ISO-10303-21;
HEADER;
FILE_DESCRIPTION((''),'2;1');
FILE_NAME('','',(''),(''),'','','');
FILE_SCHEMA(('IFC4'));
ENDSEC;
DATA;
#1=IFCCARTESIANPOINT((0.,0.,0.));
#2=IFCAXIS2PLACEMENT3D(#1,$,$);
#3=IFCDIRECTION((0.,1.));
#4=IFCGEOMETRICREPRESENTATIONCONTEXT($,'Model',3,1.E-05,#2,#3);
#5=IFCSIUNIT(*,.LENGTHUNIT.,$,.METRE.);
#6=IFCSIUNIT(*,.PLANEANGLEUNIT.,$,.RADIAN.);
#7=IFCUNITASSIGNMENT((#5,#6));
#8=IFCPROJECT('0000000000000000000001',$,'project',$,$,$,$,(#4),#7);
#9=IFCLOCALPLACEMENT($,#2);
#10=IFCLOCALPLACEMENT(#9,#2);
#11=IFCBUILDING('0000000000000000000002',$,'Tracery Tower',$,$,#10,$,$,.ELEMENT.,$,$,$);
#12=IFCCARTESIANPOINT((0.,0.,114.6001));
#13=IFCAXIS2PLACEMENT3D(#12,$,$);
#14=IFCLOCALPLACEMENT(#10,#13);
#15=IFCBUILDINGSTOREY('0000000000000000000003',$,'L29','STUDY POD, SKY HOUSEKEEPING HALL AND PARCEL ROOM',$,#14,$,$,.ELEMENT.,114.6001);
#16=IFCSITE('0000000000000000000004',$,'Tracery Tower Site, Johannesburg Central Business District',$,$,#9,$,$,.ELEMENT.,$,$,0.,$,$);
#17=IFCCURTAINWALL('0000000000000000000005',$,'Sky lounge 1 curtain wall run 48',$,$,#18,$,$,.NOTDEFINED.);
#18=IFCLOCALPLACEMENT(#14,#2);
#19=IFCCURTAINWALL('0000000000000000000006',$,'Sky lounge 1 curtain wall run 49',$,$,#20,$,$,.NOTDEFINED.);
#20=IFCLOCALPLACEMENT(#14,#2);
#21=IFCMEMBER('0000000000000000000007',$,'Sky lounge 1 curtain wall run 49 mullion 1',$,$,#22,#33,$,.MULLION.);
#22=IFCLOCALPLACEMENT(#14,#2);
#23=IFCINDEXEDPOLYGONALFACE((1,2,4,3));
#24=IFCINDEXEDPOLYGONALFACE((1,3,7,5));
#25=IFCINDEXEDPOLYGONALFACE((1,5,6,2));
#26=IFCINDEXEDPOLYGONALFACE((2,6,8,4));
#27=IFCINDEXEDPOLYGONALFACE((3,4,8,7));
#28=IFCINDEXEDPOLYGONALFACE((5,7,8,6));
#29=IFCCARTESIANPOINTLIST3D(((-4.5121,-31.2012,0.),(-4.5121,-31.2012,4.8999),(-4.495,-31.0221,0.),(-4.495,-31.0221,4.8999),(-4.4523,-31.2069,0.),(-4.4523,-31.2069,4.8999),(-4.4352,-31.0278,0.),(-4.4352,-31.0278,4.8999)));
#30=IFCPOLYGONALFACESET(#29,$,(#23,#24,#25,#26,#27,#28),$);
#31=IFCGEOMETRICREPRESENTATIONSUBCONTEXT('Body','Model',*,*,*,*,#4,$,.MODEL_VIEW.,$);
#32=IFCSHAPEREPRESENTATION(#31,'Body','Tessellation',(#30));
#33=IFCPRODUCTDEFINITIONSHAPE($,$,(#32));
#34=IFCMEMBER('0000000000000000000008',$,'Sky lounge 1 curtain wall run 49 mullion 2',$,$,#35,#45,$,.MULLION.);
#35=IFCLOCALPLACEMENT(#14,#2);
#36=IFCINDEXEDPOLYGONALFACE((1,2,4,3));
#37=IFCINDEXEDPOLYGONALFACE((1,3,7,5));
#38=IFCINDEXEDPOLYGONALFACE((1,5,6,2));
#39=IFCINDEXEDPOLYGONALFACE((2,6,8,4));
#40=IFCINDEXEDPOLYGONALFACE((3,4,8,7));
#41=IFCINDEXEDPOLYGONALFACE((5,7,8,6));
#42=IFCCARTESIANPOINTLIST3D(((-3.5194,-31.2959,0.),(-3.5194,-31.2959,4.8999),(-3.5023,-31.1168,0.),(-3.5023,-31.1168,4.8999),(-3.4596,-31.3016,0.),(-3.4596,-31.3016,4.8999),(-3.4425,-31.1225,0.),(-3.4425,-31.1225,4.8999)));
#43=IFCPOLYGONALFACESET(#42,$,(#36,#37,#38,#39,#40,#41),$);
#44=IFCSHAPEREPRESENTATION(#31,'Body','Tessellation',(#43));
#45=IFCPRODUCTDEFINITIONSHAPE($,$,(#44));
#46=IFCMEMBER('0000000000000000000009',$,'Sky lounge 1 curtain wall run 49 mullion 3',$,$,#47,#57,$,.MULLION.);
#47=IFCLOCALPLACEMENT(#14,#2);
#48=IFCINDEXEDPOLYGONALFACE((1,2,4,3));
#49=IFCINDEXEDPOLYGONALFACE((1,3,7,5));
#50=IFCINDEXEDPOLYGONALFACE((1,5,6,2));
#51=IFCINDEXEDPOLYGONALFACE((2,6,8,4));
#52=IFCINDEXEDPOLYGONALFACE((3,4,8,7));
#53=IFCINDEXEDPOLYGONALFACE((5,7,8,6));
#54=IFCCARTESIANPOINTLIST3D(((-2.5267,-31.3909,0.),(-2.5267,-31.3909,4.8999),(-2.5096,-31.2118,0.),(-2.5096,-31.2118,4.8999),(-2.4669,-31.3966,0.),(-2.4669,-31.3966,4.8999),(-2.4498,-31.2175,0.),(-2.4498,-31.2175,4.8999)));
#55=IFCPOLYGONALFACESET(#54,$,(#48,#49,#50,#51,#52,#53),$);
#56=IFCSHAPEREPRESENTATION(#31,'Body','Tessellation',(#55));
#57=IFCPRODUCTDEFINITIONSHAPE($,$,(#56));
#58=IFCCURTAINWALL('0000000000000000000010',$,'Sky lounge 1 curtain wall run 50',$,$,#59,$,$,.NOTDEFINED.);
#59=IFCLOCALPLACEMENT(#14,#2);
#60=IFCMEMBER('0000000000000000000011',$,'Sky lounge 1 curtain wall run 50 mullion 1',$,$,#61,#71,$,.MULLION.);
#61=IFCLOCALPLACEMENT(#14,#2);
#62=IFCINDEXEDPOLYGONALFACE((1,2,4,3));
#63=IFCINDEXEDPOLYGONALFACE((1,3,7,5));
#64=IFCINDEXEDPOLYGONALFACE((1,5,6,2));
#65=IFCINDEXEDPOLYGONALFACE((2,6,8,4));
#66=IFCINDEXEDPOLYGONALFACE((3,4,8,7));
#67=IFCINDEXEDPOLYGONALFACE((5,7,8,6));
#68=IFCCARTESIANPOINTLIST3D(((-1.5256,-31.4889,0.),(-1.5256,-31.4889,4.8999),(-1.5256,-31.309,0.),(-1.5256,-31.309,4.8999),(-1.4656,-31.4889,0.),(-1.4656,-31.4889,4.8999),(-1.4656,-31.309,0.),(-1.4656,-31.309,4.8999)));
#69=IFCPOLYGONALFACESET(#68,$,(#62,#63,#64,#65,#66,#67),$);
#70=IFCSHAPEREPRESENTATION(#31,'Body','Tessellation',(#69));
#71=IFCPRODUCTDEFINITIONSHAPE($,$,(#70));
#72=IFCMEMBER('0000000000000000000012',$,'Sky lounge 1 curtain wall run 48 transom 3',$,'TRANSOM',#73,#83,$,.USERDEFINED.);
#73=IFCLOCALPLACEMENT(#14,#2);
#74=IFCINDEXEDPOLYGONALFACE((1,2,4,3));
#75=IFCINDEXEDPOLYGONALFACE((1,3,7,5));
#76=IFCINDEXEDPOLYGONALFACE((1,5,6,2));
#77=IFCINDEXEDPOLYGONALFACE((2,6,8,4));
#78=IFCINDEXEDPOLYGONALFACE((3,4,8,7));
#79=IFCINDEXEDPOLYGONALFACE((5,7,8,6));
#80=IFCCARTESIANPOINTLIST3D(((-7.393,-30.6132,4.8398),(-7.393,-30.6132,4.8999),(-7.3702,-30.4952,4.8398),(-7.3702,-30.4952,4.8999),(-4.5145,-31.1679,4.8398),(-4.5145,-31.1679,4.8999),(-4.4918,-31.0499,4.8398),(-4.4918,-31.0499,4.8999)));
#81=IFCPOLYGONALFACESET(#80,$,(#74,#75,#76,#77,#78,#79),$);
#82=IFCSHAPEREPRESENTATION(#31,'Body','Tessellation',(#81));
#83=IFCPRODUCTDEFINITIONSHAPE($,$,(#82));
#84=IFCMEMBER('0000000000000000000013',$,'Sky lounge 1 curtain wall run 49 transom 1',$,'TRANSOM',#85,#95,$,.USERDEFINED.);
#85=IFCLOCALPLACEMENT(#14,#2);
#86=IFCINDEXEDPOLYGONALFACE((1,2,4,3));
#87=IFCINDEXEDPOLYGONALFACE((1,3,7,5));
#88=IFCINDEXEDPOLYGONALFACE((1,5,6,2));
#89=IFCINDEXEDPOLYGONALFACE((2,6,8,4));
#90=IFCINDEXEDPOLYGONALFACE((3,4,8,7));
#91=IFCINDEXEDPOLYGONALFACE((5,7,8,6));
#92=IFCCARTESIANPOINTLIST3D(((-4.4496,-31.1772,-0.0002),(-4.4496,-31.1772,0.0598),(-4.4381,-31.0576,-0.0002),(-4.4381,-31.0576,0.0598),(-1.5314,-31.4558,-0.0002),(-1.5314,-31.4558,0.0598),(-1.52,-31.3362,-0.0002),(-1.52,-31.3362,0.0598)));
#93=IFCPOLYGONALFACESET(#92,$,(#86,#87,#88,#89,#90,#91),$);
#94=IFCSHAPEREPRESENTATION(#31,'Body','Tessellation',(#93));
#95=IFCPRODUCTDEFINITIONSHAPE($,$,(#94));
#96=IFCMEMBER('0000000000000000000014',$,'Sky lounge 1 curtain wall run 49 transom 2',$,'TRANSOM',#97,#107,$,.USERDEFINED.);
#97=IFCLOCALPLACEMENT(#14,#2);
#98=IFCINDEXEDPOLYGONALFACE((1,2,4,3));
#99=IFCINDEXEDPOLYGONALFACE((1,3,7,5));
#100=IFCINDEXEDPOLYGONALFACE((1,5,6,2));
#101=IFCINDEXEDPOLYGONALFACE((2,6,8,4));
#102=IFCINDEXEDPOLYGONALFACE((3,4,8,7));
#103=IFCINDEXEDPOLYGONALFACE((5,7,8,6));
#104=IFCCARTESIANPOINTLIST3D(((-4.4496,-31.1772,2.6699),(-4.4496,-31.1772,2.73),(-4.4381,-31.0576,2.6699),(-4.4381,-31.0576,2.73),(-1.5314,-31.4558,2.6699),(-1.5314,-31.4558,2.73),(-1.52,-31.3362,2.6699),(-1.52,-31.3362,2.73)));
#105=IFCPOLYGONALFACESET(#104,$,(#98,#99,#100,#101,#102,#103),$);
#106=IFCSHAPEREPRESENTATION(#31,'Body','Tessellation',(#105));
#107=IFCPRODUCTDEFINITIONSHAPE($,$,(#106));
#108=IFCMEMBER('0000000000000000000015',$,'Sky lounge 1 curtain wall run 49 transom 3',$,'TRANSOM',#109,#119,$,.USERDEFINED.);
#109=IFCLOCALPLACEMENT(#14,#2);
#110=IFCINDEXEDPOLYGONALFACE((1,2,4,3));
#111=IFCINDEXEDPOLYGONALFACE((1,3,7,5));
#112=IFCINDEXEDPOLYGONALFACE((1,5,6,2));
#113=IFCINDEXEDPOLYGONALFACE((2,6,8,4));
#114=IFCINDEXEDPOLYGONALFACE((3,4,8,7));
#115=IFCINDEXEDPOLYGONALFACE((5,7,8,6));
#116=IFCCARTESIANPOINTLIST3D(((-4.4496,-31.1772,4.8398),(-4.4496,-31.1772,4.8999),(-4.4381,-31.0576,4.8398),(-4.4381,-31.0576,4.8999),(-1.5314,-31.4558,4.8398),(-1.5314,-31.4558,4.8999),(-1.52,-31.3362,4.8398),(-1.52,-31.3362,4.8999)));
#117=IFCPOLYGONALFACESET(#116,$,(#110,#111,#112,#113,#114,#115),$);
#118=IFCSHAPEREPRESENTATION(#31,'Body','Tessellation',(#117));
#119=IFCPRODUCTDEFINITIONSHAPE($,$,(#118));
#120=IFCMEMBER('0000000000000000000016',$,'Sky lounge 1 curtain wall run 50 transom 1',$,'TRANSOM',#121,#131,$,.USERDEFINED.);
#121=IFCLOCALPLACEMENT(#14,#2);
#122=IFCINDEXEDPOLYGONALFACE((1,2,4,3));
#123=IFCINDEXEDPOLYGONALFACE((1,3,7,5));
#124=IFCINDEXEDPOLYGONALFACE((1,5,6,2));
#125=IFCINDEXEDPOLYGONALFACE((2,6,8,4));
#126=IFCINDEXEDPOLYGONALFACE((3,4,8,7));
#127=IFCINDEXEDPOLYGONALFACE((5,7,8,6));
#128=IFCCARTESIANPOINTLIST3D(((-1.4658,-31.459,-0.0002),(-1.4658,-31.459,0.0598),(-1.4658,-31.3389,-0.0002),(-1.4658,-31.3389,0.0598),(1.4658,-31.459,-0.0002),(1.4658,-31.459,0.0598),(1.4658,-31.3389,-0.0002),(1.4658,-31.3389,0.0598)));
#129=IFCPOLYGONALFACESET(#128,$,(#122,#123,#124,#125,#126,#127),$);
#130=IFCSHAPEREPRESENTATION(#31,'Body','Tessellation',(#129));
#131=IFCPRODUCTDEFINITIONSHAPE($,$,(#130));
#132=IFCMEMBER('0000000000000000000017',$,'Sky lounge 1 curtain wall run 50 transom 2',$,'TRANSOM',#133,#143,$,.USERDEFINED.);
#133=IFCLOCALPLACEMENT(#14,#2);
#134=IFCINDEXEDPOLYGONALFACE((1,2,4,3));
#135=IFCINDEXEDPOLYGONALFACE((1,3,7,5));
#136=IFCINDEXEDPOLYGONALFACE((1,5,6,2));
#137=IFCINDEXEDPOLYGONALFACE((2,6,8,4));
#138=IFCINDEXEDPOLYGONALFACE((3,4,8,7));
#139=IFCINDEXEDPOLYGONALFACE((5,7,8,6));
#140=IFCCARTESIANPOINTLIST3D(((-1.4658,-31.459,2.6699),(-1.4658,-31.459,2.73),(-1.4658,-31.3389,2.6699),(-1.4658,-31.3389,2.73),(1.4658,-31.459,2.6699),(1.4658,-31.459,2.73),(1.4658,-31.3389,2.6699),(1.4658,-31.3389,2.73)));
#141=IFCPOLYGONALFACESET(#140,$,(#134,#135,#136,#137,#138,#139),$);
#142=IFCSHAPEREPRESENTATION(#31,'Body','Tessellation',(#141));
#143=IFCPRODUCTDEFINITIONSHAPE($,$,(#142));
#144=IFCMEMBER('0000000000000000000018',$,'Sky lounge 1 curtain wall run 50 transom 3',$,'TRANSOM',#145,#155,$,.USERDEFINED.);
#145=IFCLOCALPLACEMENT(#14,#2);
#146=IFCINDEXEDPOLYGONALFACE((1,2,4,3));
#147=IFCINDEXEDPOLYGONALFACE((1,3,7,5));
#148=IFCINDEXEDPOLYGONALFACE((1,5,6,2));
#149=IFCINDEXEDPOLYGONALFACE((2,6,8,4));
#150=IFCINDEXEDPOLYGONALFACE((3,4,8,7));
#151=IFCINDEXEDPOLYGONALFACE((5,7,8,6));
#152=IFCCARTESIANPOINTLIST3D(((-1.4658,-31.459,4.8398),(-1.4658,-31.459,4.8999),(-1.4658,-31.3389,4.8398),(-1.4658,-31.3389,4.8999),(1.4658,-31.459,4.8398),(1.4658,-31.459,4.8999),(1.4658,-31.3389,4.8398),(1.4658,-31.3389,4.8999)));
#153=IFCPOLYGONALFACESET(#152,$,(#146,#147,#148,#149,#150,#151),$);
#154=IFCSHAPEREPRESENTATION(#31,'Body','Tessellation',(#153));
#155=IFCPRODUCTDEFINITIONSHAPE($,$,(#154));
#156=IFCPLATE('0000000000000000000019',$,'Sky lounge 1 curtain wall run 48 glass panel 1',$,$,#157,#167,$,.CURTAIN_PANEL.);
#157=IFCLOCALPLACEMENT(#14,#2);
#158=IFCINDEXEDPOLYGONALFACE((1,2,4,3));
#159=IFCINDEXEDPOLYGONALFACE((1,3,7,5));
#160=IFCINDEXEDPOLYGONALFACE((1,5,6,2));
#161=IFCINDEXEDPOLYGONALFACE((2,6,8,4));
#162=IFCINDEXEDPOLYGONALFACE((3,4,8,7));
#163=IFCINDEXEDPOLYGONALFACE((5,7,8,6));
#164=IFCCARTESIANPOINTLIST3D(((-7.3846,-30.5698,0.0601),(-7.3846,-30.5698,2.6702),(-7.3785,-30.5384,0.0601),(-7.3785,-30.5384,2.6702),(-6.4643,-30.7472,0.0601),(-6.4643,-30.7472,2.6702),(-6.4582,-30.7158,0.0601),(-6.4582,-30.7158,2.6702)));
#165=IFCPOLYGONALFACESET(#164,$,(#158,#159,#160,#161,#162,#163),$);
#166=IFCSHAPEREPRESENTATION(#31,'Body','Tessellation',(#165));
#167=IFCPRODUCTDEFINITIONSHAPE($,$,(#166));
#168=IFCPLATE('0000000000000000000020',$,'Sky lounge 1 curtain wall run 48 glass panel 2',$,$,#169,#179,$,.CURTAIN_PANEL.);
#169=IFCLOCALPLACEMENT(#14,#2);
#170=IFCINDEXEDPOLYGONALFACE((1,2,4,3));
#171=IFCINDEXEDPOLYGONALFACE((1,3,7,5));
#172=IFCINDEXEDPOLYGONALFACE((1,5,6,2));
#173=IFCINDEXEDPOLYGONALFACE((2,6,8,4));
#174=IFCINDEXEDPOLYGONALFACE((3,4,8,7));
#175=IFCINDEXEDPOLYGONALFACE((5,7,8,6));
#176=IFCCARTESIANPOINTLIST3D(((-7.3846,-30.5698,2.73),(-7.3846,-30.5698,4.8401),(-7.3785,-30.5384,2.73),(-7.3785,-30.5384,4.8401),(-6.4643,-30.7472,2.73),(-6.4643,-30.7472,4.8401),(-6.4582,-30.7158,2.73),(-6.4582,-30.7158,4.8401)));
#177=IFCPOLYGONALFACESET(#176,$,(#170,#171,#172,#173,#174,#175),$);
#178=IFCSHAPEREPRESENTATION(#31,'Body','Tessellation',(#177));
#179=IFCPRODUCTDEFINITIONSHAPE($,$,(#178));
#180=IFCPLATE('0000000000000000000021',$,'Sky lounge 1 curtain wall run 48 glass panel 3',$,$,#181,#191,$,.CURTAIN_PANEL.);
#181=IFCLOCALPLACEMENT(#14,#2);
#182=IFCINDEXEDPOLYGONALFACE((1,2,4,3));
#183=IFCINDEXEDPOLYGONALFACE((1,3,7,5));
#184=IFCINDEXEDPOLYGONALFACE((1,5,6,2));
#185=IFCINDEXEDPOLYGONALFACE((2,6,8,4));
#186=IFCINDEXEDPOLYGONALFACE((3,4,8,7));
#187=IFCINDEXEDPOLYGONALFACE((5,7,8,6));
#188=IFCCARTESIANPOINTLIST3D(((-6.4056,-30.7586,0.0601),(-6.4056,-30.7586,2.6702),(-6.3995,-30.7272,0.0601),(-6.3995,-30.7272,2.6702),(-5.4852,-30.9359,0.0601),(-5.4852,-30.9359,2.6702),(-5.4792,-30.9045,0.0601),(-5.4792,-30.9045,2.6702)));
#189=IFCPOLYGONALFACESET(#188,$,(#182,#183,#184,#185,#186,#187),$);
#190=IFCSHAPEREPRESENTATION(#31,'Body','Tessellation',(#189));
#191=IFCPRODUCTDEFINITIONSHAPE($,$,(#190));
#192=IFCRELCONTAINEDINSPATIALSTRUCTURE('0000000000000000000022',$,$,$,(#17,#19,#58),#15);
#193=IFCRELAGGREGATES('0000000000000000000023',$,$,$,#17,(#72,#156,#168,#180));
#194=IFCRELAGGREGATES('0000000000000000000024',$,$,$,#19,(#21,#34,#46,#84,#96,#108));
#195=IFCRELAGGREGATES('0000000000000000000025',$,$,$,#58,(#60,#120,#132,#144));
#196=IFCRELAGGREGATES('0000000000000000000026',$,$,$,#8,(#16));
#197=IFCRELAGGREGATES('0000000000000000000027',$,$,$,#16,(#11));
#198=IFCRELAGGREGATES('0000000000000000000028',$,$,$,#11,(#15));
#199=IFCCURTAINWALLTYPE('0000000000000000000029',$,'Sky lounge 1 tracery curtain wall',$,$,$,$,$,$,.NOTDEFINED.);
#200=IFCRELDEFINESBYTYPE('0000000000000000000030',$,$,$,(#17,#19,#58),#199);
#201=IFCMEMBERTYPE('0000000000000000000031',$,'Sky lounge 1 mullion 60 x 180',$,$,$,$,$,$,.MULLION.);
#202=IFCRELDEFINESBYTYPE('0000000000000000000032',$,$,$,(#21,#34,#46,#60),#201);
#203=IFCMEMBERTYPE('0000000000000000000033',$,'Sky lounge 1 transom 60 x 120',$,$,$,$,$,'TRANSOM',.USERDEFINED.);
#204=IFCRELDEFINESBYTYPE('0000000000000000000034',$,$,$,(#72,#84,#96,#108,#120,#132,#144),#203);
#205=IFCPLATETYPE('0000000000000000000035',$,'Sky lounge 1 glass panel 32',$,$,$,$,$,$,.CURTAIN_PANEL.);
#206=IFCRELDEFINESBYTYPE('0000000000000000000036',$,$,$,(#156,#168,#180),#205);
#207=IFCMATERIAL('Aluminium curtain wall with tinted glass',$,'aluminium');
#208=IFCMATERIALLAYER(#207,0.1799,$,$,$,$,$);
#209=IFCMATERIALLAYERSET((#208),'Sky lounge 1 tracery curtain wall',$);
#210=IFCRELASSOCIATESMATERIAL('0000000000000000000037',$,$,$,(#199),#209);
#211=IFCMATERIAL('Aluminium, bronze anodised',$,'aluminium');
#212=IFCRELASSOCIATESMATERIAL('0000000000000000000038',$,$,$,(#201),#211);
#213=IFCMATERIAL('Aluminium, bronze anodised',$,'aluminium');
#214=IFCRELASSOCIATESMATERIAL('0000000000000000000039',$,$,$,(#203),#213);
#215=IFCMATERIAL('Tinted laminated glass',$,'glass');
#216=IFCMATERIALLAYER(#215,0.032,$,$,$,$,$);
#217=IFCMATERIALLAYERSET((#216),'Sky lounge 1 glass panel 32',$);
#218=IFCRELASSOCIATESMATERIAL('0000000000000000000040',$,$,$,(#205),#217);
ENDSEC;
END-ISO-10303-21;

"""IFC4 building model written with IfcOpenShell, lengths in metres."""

from ifc_helpers import new_model, si_unit, direction, frame, origin, origin_2d, place, context, subcontext, project, spatial, rectangle, extrude, material, layer, layer_set, material_profile, profile_set, type_object, element, aggregate, save


model = new_model("IFC4")

# Units and contexts
model_context = context("Model", 3, precision=1e-05, world=origin(), true_north=direction((0.0, 1.0)))
body_context = subcontext(model_context, "Body", "Model", "MODEL_VIEW")
ifc_project = project(units=[si_unit("LENGTHUNIT", "METRE"), si_unit("PLANEANGLEUNIT", "RADIAN")], contexts=[model_context])

# Site, building, storey
site_placement = place(None, origin())
site = spatial("IfcSite", under=ifc_project, at=site_placement, Name="Tracery Tower Site, Johannesburg Central Business District", CompositionType="ELEMENT", RefElevation=0.0)
building_placement = place(site_placement, origin())
building = spatial("IfcBuilding", under=site, at=building_placement, Name="Tracery Tower", CompositionType="ELEMENT")
storey_placement = place(building_placement, frame((0.0, 0.0, 114.6001)))
storey = spatial("IfcBuildingStorey", under=building, at=storey_placement, Name="L29", Description="STUDY POD, SKY HOUSEKEEPING HALL AND PARCEL ROOM", CompositionType="ELEMENT", Elevation=114.6001)

# Curtain walls, members
ifc_material_1 = material(Name="Aluminium curtain wall with tinted glass", Category="aluminium")
ifc_layer_1 = layer(ifc_material_1, 0.1799)
ifc_layer_set_1 = layer_set([ifc_layer_1], Name="Sky lounge 1 tracery curtain wall")
curtain_wall_type = type_object("IfcCurtainWallType", Name="Sky lounge 1 tracery curtain wall", PredefinedType="NOTDEFINED", material=ifc_layer_set_1)
curtain_wall_1_placement = place(storey_placement, origin())
curtain_wall_1 = element("IfcCurtainWall", 1, at=curtain_wall_1_placement, inside=storey, type_object=curtain_wall_type, Name="Sky lounge 1 curtain wall run 48", PredefinedType="NOTDEFINED")
ifc_material_2 = material(Name="Aluminium, bronze anodised", Category="aluminium")
ifc_material_profile_1 = material_profile(ifc_material_2, rectangle(XDim=0.1799, YDim=0.0601, at=origin_2d()), Name="AL 60x180")
ifc_profile_set_1 = profile_set([ifc_material_profile_1], Name="Aluminium, bronze anodised")
member_type_1 = type_object("IfcMemberType", Name="Sky lounge 1 mullion 60 x 180", PredefinedType="MULLION", material=ifc_profile_set_1)
curtain_wall_2_placement = place(storey_placement, origin())
curtain_wall_2 = element("IfcCurtainWall", 2, at=curtain_wall_2_placement, inside=storey, type_object=curtain_wall_type, Name="Sky lounge 1 curtain wall run 49", PredefinedType="NOTDEFINED")
member_1_placement = place(storey_placement, frame((-4.4736, -31.1145, 0.0), z_axis=(0.0, 0.0, 1.0), x_axis=(0.095056, 0.995472, 0.0)))
member_1 = element("IfcMember", 3, at=member_1_placement, type_object=member_type_1, Name="Sky lounge 1 curtain wall run 49 mullion 1", PredefinedType="MULLION", context=body_context, shape_type="SweptSolid", body=[
    extrude(rectangle(XDim=0.1799, YDim=0.0601, at=origin_2d()), origin(), (0.0, 0.0, 1.0), 4.8999),
])
member_2_placement = place(storey_placement, frame((-3.481, -31.2092, 0.0), z_axis=(0.0, 0.0, 1.0), x_axis=(0.095056, 0.995472, 0.0)))
member_2 = element("IfcMember", 4, at=member_2_placement, type_object=member_type_1, Name="Sky lounge 1 curtain wall run 49 mullion 2", PredefinedType="MULLION", context=body_context, shape_type="SweptSolid", body=[
    extrude(rectangle(XDim=0.1799, YDim=0.0601, at=origin_2d()), origin(), (0.0, 0.0, 1.0), 4.8999),
])
member_3_placement = place(storey_placement, frame((-2.4883, -31.3042, 0.0), z_axis=(0.0, 0.0, 1.0), x_axis=(0.095056, 0.995472, 0.0)))
member_3 = element("IfcMember", 5, at=member_3_placement, type_object=member_type_1, Name="Sky lounge 1 curtain wall run 49 mullion 3", PredefinedType="MULLION", context=body_context, shape_type="SweptSolid", body=[
    extrude(rectangle(XDim=0.1799, YDim=0.0601, at=origin_2d()), origin(), (0.0, 0.0, 1.0), 4.8999),
])

# Curtain wall, member
curtain_wall_3_placement = place(storey_placement, origin())
curtain_wall_3 = element("IfcCurtainWall", 6, at=curtain_wall_3_placement, inside=storey, type_object=curtain_wall_type, Name="Sky lounge 1 curtain wall run 50", PredefinedType="NOTDEFINED")
member_4_placement = place(storey_placement, frame((-1.4956, -31.3989, 0.0), z_axis=(0.0, 0.0, 1.0), x_axis=(0.0, 1.0, 0.0)))
member_4 = element("IfcMember", 7, at=member_4_placement, type_object=member_type_1, Name="Sky lounge 1 curtain wall run 50 mullion 1", PredefinedType="MULLION", context=body_context, shape_type="SweptSolid", body=[
    extrude(rectangle(XDim=0.1799, YDim=0.0601, at=origin_2d()), origin(), (0.0, 0.0, 1.0), 4.8999),
])

# Members
ifc_material_3 = material(Name="Aluminium, bronze anodised", Category="aluminium")
ifc_material_profile_2 = material_profile(ifc_material_3, rectangle(XDim=0.1201, YDim=0.0601, at=origin_2d()), Name="AL 60x120")
ifc_profile_set_2 = profile_set([ifc_material_profile_2], Name="Aluminium, bronze anodised")
member_type_2 = type_object("IfcMemberType", Name="Sky lounge 1 transom 60 x 120", ElementType="TRANSOM", PredefinedType="USERDEFINED", material=ifc_profile_set_2)
member_5_placement = place(storey_placement, frame((-7.3816, -30.5542, 4.8699), z_axis=(0.981934, -0.189224, 0.0), x_axis=(0.189224, 0.981934, 0.0)))
member_5 = element("IfcMember", 8, at=member_5_placement, type_object=member_type_2, Name="Sky lounge 1 curtain wall run 48 transom 3", ObjectType="TRANSOM", PredefinedType="USERDEFINED", context=body_context, shape_type="SweptSolid", body=[
    extrude(rectangle(XDim=0.1201, YDim=0.0601, at=origin_2d()), origin(), (0.0, 0.0, 1.0), 2.9314),
])
member_6_placement = place(storey_placement, frame((-4.4438, -31.1174, 0.0298), z_axis=(0.995475, -0.095025, 0.0), x_axis=(0.095025, 0.995475, 0.0)))
member_6 = element("IfcMember", 9, at=member_6_placement, type_object=member_type_2, Name="Sky lounge 1 curtain wall run 49 transom 1", ObjectType="TRANSOM", PredefinedType="USERDEFINED", context=body_context, shape_type="SweptSolid", body=[
    extrude(rectangle(XDim=0.1201, YDim=0.0601, at=origin_2d()), origin(), (0.0, 0.0, 1.0), 2.9314),
])
member_7_placement = place(storey_placement, frame((-4.4438, -31.1174, 2.7), z_axis=(0.995475, -0.095025, 0.0), x_axis=(0.095025, 0.995475, 0.0)))
member_7 = element("IfcMember", 10, at=member_7_placement, type_object=member_type_2, Name="Sky lounge 1 curtain wall run 49 transom 2", ObjectType="TRANSOM", PredefinedType="USERDEFINED", context=body_context, shape_type="SweptSolid", body=[
    extrude(rectangle(XDim=0.1201, YDim=0.0601, at=origin_2d()), origin(), (0.0, 0.0, 1.0), 2.9314),
])
member_8_placement = place(storey_placement, frame((-4.4438, -31.1174, 4.8699), z_axis=(0.995475, -0.095025, 0.0), x_axis=(0.095025, 0.995475, 0.0)))
member_8 = element("IfcMember", 11, at=member_8_placement, type_object=member_type_2, Name="Sky lounge 1 curtain wall run 49 transom 3", ObjectType="TRANSOM", PredefinedType="USERDEFINED", context=body_context, shape_type="SweptSolid", body=[
    extrude(rectangle(XDim=0.1201, YDim=0.0601, at=origin_2d()), origin(), (0.0, 0.0, 1.0), 2.9314),
])
member_9_placement = place(storey_placement, frame((-1.4658, -31.3989, 0.0298), z_axis=(1.0, 0.0, 0.0), x_axis=(0.0, 1.0, 0.0)))
member_9 = element("IfcMember", 12, at=member_9_placement, type_object=member_type_2, Name="Sky lounge 1 curtain wall run 50 transom 1", ObjectType="TRANSOM", PredefinedType="USERDEFINED", context=body_context, shape_type="SweptSolid", body=[
    extrude(rectangle(XDim=0.1201, YDim=0.0601, at=origin_2d()), origin(), (0.0, 0.0, 1.0), 2.9316),
])
member_10_placement = place(storey_placement, frame((-1.4658, -31.3989, 2.7), z_axis=(1.0, 0.0, 0.0), x_axis=(0.0, 1.0, 0.0)))
member_10 = element("IfcMember", 13, at=member_10_placement, type_object=member_type_2, Name="Sky lounge 1 curtain wall run 50 transom 2", ObjectType="TRANSOM", PredefinedType="USERDEFINED", context=body_context, shape_type="SweptSolid", body=[
    extrude(rectangle(XDim=0.1201, YDim=0.0601, at=origin_2d()), origin(), (0.0, 0.0, 1.0), 2.9316),
])
member_11_placement = place(storey_placement, frame((-1.4658, -31.3989, 4.8699), z_axis=(1.0, 0.0, 0.0), x_axis=(0.0, 1.0, 0.0)))
member_11 = element("IfcMember", 14, at=member_11_placement, type_object=member_type_2, Name="Sky lounge 1 curtain wall run 50 transom 3", ObjectType="TRANSOM", PredefinedType="USERDEFINED", context=body_context, shape_type="SweptSolid", body=[
    extrude(rectangle(XDim=0.1201, YDim=0.0601, at=origin_2d()), origin(), (0.0, 0.0, 1.0), 2.9316),
])

# Plates
ifc_material_4 = material(Name="Tinted laminated glass", Category="glass")
ifc_layer_2 = layer(ifc_material_4, 0.032)
ifc_layer_set_2 = layer_set([ifc_layer_2], Name="Sky lounge 1 glass panel 32")
plate_type = type_object("IfcPlateType", Name="Sky lounge 1 glass panel 32", PredefinedType="CURTAIN_PANEL", material=ifc_layer_set_2)
plate_1_placement = place(storey_placement, frame((-6.9214, -30.6428, 0.0601), z_axis=(0.0, 0.0, 1.0), x_axis=(0.981929, -0.189251, 0.0)))
plate_1 = element("IfcPlate", 15, at=plate_1_placement, type_object=plate_type, Name="Sky lounge 1 curtain wall run 48 glass panel 1", PredefinedType="CURTAIN_PANEL", context=body_context, shape_type="SweptSolid", body=[
    extrude(rectangle(XDim=0.9373, YDim=0.032, at=origin_2d()), origin(), (0.0, 0.0, 1.0), 2.6101),
])
plate_2_placement = place(storey_placement, frame((-6.9214, -30.6428, 2.73), z_axis=(0.0, 0.0, 1.0), x_axis=(0.981929, -0.189251, 0.0)))
plate_2 = element("IfcPlate", 16, at=plate_2_placement, type_object=plate_type, Name="Sky lounge 1 curtain wall run 48 glass panel 2", PredefinedType="CURTAIN_PANEL", context=body_context, shape_type="SweptSolid", body=[
    extrude(rectangle(XDim=0.9373, YDim=0.032, at=origin_2d()), origin(), (0.0, 0.0, 1.0), 2.1101),
])
plate_3_placement = place(storey_placement, frame((-5.9424, -30.8315, 0.0601), z_axis=(0.0, 0.0, 1.0), x_axis=(0.981929, -0.189251, 0.0)))
plate_3 = element("IfcPlate", 17, at=plate_3_placement, type_object=plate_type, Name="Sky lounge 1 curtain wall run 48 glass panel 3", PredefinedType="CURTAIN_PANEL", context=body_context, shape_type="SweptSolid", body=[
    extrude(rectangle(XDim=0.9373, YDim=0.032, at=origin_2d()), origin(), (0.0, 0.0, 1.0), 2.6101),
])
aggregate(curtain_wall_1, [member_5, plate_1, plate_2, plate_3])
aggregate(curtain_wall_2, [member_1, member_2, member_3, member_6, member_7, member_8])
aggregate(curtain_wall_3, [member_4, member_9, member_10, member_11])

save(model, "model.ifc")
